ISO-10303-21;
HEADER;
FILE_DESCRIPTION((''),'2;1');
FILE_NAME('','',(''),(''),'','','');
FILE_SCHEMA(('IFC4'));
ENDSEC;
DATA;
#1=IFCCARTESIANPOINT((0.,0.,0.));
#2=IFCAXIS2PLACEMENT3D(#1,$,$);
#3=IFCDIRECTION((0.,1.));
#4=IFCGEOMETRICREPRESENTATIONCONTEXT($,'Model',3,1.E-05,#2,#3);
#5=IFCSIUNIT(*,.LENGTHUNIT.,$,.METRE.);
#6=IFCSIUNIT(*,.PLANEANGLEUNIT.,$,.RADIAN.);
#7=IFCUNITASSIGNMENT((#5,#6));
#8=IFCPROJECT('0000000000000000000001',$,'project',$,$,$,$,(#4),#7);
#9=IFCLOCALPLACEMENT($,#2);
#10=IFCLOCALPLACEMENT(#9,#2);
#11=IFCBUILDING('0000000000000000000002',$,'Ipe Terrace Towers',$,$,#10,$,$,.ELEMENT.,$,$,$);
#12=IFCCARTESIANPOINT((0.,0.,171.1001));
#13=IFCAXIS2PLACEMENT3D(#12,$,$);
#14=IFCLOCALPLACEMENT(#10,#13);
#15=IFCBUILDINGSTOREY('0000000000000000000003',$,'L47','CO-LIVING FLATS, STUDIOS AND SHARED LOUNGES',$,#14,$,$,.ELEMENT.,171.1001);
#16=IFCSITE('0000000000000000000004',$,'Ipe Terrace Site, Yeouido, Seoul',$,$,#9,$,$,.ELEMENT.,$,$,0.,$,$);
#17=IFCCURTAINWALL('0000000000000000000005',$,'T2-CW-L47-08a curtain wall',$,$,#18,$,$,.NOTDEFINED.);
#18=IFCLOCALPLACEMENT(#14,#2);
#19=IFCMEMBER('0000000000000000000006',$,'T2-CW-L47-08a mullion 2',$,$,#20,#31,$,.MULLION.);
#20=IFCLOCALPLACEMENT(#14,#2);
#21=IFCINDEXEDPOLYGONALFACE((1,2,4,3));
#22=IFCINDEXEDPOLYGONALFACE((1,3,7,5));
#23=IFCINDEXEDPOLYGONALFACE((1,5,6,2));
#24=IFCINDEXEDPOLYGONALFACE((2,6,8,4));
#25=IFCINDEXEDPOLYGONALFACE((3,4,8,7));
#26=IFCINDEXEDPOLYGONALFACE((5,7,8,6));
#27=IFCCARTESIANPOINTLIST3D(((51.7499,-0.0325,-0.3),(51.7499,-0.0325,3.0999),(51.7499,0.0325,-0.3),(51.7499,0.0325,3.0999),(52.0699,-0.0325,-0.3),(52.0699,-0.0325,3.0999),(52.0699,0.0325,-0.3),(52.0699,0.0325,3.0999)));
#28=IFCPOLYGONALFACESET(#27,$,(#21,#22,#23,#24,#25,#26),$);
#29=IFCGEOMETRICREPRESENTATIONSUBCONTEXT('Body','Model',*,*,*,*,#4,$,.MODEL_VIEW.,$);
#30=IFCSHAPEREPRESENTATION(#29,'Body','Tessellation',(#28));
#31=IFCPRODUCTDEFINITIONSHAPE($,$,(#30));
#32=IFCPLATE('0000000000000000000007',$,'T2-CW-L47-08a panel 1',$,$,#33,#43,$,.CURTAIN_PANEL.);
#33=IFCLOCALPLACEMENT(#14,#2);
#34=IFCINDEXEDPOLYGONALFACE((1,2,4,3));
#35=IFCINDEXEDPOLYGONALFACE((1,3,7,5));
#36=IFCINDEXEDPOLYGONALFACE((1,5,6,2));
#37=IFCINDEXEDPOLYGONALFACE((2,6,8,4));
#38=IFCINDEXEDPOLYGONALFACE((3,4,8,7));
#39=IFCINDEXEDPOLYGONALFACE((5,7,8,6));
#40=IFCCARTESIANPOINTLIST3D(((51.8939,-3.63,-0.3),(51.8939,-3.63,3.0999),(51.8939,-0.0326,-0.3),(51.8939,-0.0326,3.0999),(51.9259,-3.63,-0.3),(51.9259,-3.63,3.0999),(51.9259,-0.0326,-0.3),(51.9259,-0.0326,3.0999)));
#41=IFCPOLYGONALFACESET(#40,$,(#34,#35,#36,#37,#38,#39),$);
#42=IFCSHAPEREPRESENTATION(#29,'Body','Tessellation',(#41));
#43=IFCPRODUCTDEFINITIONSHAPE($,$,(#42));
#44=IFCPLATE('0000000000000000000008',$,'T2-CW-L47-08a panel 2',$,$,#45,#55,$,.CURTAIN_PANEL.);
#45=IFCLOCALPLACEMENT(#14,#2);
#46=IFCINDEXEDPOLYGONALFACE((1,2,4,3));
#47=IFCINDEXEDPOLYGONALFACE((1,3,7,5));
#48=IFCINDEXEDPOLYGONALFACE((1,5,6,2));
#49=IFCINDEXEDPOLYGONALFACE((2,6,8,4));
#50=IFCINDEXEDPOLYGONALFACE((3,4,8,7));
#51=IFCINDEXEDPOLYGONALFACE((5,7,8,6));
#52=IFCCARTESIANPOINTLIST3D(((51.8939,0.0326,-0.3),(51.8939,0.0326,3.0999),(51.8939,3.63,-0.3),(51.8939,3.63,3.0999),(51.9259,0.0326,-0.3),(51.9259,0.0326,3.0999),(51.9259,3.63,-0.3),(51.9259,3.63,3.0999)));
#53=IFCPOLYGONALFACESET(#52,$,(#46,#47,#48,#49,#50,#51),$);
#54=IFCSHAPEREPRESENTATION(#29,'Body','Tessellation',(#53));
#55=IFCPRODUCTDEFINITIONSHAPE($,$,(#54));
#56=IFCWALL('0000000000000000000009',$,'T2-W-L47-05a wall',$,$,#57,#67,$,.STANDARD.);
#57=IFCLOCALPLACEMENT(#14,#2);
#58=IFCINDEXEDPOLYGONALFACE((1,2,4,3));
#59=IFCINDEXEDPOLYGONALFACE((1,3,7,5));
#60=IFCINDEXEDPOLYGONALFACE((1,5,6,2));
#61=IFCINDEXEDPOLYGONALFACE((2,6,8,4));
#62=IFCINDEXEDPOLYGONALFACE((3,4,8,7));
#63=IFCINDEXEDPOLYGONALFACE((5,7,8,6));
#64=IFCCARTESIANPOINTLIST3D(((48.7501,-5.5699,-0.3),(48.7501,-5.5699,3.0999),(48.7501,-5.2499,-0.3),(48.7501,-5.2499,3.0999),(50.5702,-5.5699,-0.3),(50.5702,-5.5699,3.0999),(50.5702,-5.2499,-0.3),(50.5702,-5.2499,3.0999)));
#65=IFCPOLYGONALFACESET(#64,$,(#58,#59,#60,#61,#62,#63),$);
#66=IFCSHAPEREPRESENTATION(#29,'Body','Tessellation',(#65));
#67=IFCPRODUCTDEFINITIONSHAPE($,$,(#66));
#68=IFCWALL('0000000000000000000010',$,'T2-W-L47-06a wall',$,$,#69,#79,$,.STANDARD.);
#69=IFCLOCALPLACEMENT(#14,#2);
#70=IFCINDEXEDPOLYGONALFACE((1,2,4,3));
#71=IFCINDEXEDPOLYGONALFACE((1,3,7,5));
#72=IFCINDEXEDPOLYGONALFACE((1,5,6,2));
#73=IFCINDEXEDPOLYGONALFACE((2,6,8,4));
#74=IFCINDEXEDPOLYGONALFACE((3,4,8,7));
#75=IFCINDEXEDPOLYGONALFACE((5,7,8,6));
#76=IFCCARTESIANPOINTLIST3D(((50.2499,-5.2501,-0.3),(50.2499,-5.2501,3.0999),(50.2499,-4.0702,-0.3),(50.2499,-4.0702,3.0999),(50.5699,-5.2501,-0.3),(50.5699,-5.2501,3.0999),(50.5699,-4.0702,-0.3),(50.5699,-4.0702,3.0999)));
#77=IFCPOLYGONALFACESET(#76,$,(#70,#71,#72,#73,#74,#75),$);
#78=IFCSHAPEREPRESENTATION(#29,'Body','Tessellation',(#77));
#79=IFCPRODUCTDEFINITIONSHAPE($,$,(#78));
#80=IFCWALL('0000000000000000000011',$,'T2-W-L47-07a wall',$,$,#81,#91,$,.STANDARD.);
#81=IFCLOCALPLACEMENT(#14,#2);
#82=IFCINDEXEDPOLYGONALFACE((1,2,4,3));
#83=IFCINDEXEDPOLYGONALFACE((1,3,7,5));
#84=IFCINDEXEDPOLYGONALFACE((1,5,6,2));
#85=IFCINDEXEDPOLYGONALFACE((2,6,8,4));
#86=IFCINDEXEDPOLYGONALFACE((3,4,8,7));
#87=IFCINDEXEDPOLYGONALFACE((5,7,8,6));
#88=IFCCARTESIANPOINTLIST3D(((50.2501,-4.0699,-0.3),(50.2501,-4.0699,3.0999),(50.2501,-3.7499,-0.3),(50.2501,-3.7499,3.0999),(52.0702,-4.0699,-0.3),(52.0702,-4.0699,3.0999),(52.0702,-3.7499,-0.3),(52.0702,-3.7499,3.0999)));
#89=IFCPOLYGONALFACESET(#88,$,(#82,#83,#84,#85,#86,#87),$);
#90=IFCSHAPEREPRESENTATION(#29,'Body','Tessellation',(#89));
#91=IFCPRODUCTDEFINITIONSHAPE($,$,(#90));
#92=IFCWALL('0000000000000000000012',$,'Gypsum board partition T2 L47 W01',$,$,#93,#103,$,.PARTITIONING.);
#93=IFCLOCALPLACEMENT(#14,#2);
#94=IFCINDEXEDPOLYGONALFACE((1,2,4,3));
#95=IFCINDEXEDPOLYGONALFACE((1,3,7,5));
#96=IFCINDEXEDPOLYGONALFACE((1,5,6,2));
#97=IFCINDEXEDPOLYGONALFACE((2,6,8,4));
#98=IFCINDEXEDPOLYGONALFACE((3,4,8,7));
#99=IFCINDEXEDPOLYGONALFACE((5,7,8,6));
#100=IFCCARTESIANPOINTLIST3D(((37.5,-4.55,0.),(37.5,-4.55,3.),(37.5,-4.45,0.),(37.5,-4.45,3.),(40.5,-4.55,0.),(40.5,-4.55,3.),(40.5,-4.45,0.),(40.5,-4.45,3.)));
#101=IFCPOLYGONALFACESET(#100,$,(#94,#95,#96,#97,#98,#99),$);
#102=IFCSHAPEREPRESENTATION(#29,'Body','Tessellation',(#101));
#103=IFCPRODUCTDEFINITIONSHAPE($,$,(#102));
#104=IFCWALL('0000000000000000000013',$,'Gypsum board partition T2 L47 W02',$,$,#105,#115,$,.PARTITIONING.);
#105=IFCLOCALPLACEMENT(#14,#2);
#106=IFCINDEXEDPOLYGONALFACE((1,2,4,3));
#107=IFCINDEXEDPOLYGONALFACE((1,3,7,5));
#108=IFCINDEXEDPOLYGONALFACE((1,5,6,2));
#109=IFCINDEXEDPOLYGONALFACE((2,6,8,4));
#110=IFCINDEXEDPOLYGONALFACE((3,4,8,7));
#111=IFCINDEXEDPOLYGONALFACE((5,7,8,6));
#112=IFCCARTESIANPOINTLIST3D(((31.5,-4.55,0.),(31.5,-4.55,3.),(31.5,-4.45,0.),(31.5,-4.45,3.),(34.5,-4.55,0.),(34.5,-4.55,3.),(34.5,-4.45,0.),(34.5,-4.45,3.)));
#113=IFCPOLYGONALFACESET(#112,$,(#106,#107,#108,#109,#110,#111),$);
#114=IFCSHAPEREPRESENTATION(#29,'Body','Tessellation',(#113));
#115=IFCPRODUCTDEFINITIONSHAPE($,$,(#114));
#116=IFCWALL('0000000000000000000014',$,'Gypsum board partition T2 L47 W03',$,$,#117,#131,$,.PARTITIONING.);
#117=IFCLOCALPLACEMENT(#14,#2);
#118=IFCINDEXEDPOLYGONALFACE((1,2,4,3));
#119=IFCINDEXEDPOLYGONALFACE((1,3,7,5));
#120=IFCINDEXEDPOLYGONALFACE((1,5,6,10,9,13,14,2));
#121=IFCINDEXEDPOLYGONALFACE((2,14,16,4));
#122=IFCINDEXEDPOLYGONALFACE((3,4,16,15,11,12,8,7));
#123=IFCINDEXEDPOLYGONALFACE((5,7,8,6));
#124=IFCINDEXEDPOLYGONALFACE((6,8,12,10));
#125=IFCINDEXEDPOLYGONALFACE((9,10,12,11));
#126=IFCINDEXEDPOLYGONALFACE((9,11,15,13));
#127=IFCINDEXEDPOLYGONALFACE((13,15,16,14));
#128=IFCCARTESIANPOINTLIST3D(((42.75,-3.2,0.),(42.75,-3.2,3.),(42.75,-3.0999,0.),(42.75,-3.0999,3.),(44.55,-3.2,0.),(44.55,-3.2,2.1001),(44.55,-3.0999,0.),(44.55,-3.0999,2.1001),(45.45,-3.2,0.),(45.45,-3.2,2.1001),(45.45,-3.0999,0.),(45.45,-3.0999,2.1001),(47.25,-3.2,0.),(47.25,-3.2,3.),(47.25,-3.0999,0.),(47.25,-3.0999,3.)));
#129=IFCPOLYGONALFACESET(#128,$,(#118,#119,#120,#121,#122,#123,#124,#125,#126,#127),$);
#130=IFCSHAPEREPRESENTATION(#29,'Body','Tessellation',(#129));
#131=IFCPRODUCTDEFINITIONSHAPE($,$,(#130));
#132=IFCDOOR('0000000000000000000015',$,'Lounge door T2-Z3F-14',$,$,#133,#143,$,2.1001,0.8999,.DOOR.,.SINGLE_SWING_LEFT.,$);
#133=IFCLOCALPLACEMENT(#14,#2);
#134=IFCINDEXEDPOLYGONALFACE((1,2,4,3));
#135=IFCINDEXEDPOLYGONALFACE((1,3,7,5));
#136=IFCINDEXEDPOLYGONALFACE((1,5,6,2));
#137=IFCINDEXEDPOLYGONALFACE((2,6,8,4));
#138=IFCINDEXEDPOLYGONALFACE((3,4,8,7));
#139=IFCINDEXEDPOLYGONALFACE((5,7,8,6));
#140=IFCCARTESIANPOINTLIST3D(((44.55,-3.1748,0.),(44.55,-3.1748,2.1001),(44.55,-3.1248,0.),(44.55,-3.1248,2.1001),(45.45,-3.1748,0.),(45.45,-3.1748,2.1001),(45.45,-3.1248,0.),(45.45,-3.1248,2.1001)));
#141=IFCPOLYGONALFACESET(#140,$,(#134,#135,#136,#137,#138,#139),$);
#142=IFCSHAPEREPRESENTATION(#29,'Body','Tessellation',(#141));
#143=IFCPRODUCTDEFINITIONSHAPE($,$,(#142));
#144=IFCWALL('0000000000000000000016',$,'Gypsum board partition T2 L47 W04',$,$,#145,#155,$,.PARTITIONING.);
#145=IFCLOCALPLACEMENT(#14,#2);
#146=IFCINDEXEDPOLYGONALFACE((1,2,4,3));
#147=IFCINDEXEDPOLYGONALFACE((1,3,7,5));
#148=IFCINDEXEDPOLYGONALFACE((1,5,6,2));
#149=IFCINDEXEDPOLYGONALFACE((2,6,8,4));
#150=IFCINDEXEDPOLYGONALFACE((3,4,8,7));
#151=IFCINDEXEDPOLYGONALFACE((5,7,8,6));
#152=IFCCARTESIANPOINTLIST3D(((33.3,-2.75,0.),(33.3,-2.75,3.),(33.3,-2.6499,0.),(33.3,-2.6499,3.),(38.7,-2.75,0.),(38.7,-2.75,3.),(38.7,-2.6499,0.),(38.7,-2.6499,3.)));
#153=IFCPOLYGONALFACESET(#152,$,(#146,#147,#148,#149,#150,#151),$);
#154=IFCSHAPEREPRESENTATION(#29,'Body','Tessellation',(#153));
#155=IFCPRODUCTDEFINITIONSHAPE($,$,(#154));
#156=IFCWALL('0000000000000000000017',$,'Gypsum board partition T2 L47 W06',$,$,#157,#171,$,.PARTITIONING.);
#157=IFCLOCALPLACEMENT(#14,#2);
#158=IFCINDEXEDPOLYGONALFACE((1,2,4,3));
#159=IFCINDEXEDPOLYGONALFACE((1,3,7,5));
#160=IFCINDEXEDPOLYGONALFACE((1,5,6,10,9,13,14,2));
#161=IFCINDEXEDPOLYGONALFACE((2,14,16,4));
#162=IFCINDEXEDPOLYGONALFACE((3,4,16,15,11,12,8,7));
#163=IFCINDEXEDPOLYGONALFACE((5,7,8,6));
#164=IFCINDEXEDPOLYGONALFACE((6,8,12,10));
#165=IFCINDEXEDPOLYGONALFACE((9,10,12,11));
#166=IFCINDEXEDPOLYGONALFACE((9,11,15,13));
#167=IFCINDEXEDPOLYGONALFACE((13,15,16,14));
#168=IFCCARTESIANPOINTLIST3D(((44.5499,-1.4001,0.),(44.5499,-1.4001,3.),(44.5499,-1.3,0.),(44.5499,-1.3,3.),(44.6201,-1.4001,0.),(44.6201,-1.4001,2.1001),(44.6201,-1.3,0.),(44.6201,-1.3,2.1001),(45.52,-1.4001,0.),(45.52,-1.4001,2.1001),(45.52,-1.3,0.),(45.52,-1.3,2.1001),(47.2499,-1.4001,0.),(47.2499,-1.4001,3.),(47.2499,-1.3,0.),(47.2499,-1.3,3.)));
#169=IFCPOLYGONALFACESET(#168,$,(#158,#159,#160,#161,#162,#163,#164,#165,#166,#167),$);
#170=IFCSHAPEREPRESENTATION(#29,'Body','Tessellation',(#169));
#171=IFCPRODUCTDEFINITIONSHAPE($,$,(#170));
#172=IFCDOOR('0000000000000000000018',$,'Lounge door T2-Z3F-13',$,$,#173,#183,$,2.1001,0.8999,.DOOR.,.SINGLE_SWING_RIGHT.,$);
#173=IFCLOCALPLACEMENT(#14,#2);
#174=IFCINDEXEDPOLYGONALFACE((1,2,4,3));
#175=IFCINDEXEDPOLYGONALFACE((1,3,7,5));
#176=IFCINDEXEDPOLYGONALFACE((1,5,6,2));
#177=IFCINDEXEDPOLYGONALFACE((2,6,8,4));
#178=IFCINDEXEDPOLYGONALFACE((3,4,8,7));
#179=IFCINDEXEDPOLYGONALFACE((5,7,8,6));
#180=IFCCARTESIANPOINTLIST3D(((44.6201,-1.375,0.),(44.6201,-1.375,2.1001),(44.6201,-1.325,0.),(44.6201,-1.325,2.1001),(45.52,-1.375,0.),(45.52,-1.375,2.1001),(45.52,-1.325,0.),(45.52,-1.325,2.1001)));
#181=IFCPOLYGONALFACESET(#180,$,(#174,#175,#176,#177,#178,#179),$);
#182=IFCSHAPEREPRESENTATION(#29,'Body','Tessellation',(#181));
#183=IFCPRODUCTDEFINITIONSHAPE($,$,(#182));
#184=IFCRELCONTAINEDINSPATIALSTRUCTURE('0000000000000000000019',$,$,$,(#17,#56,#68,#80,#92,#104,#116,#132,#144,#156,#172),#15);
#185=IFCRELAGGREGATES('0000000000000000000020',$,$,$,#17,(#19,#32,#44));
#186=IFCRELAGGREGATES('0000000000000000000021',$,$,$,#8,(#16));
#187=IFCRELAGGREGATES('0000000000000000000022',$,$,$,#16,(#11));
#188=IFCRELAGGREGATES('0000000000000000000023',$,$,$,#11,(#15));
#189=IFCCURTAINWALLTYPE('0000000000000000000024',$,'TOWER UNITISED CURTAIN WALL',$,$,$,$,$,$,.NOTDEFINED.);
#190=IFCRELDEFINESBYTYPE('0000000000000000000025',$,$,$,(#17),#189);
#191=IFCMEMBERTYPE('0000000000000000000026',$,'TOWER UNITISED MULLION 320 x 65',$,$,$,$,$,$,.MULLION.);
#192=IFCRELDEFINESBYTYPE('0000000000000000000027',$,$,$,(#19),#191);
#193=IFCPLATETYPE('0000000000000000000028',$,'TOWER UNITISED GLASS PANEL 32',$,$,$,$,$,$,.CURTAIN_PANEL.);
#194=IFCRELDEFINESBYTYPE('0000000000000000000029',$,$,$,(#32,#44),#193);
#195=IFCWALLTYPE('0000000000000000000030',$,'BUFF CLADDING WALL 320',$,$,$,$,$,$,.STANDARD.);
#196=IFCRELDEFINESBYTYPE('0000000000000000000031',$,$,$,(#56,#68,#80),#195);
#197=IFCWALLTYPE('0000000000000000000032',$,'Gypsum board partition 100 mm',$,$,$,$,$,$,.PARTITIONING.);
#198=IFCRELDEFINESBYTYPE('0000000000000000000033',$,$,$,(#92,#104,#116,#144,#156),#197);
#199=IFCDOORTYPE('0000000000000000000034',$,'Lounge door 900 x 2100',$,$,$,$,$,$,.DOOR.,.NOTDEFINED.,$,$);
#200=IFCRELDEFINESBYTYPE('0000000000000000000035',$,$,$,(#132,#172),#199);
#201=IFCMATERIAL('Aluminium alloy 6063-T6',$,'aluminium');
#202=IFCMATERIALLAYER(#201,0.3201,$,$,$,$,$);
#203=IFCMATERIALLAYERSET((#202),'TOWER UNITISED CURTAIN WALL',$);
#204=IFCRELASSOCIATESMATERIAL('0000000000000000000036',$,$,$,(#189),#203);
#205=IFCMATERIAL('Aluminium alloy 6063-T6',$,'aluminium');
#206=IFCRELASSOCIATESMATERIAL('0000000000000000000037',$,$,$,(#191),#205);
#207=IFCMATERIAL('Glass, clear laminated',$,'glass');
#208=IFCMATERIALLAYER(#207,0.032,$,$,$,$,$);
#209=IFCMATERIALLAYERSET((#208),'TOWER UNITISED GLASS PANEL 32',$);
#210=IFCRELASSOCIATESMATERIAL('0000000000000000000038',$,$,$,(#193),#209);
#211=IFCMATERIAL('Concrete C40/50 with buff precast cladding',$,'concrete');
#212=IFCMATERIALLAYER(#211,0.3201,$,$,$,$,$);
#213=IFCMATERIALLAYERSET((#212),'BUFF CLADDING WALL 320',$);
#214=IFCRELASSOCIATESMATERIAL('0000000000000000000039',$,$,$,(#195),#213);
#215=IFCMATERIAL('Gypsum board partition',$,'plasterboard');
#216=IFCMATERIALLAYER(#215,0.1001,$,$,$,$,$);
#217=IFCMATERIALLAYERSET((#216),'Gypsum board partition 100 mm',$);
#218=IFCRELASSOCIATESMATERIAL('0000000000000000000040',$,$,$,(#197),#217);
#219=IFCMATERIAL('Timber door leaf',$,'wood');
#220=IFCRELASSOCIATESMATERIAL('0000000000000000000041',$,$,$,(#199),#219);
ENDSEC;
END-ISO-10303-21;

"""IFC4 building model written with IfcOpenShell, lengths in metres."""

from ifc_helpers import new_model, si_unit, direction, frame, frame_2d, origin, origin_2d, place, context, subcontext, project, spatial, rectangle, extrude, material, layer, layer_set, material_profile, profile_set, type_object, element, fill, aggregate, save


model = new_model("IFC4")

# Units and contexts
model_context = context("Model", 3, precision=1e-05, world=origin(), true_north=direction((0.0, 1.0)))
body_context = subcontext(model_context, "Body", "Model", "MODEL_VIEW")
ifc_project = project(units=[si_unit("LENGTHUNIT", "METRE"), si_unit("PLANEANGLEUNIT", "RADIAN")], contexts=[model_context])

# Site, building, storey
site_placement = place(None, origin())
site = spatial("IfcSite", under=ifc_project, at=site_placement, Name="Ipe Terrace Site, Yeouido, Seoul", CompositionType="ELEMENT", RefElevation=0.0)
building_placement = place(site_placement, origin())
building = spatial("IfcBuilding", under=site, at=building_placement, Name="Ipe Terrace Towers", CompositionType="ELEMENT")
storey_placement = place(building_placement, frame((0.0, 0.0, 171.1001)))
storey = spatial("IfcBuildingStorey", under=building, at=storey_placement, Name="L47", Description="CO-LIVING FLATS, STUDIOS AND SHARED LOUNGES", CompositionType="ELEMENT", Elevation=171.1001)

# Curtain wall, member, plates
ifc_material_1 = material(Name="Aluminium alloy 6063-T6", Category="aluminium")
ifc_layer_1 = layer(ifc_material_1, 0.3201)
ifc_layer_set_1 = layer_set([ifc_layer_1], Name="TOWER UNITISED CURTAIN WALL")
curtain_wall_type = type_object("IfcCurtainWallType", Name="TOWER UNITISED CURTAIN WALL", PredefinedType="NOTDEFINED", material=ifc_layer_set_1)
curtain_wall_placement = place(storey_placement, origin())
curtain_wall = element("IfcCurtainWall", 1, at=curtain_wall_placement, inside=storey, type_object=curtain_wall_type, Name="T2-CW-L47-08a curtain wall", PredefinedType="NOTDEFINED")
ifc_material_2 = material(Name="Aluminium alloy 6063-T6", Category="aluminium")
ifc_material_profile_1 = material_profile(ifc_material_2, rectangle(XDim=0.3201, YDim=0.0649, at=origin_2d()), Name="TOWER UNITISED MULLION 320 x 65")
ifc_profile_set_1 = profile_set([ifc_material_profile_1], Name="Aluminium alloy 6063-T6")
member_type_1 = type_object("IfcMemberType", Name="TOWER UNITISED MULLION 320 x 65", PredefinedType="MULLION", material=ifc_profile_set_1)
member_1_placement = place(storey_placement, frame((51.9099, 0.0, -0.3), z_axis=(0.0, 0.0, 1.0), x_axis=(1.0, 0.0, 0.0)))
member_1 = element("IfcMember", 2, at=member_1_placement, type_object=member_type_1, Name="T2-CW-L47-08a mullion 2", PredefinedType="MULLION", context=body_context, shape_type="SweptSolid", body=[
    extrude(rectangle(XDim=0.3201, YDim=0.0649, at=origin_2d()), origin(), (0.0, 0.0, 1.0), 3.3999),
])
ifc_material_3 = material(Name="Glass, clear laminated", Category="glass")
ifc_layer_2 = layer(ifc_material_3, 0.032)
ifc_layer_set_2 = layer_set([ifc_layer_2], Name="TOWER UNITISED GLASS PANEL 32")
plate_type = type_object("IfcPlateType", Name="TOWER UNITISED GLASS PANEL 32", PredefinedType="CURTAIN_PANEL", material=ifc_layer_set_2)
plate_1_placement = place(storey_placement, frame((51.9099, -1.8313, -0.3), z_axis=(0.0, 0.0, 1.0), x_axis=(0.0, 1.0, 0.0)))
plate_1 = element("IfcPlate", 3, at=plate_1_placement, type_object=plate_type, Name="T2-CW-L47-08a panel 1", PredefinedType="CURTAIN_PANEL", context=body_context, shape_type="SweptSolid", body=[
    extrude(rectangle(XDim=3.5974, YDim=0.032, at=origin_2d()), origin(), (0.0, 0.0, 1.0), 3.3999),
])
plate_2_placement = place(storey_placement, frame((51.9099, 1.8313, -0.3), z_axis=(0.0, 0.0, 1.0), x_axis=(0.0, 1.0, 0.0)))
plate_2 = element("IfcPlate", 4, at=plate_2_placement, type_object=plate_type, Name="T2-CW-L47-08a panel 2", PredefinedType="CURTAIN_PANEL", context=body_context, shape_type="SweptSolid", body=[
    extrude(rectangle(XDim=3.5974, YDim=0.032, at=origin_2d()), origin(), (0.0, 0.0, 1.0), 3.3999),
])
aggregate(curtain_wall, [member_1, plate_1, plate_2])

# Walls
ifc_material_4 = material(Name="Concrete C40/50 with buff precast cladding", Category="concrete")
ifc_layer_3 = layer(ifc_material_4, 0.3201)
ifc_layer_set_3 = layer_set([ifc_layer_3], Name="BUFF CLADDING WALL 320")
wall_type_1 = type_object("IfcWallType", Name="BUFF CLADDING WALL 320", PredefinedType="STANDARD", material=ifc_layer_set_3)
wall_1_placement = place(storey_placement, frame((48.75, -5.4099, -0.3), z_axis=(0.0, 0.0, 1.0), x_axis=(1.0, 0.0, 0.0)))
element("IfcWall", 5, at=wall_1_placement, inside=storey, type_object=wall_type_1, Name="T2-W-L47-05a wall", PredefinedType="STANDARD", context=body_context, shape_type="SweptSolid", body=[
    extrude(rectangle(XDim=1.8201, YDim=0.3201, at=frame_2d((0.9102, 0.0))), origin(), (0.0, 0.0, 1.0), 3.3999),
])
wall_2_placement = place(storey_placement, frame((50.4099, -5.25, -0.3), z_axis=(0.0, 0.0, 1.0), x_axis=(0.0, 1.0, 0.0)))
element("IfcWall", 6, at=wall_2_placement, inside=storey, type_object=wall_type_1, Name="T2-W-L47-06a wall", PredefinedType="STANDARD", context=body_context, shape_type="SweptSolid", body=[
    extrude(rectangle(XDim=1.1799, YDim=0.3201, at=frame_2d((0.5898, 0.0))), origin(), (0.0, 0.0, 1.0), 3.3999),
])
wall_3_placement = place(storey_placement, frame((50.25, -3.9099, -0.3), z_axis=(0.0, 0.0, 1.0), x_axis=(1.0, 0.0, 0.0)))
element("IfcWall", 7, at=wall_3_placement, inside=storey, type_object=wall_type_1, Name="T2-W-L47-07a wall", PredefinedType="STANDARD", context=body_context, shape_type="SweptSolid", body=[
    extrude(rectangle(XDim=1.8201, YDim=0.3201, at=frame_2d((0.9102, 0.0))), origin(), (0.0, 0.0, 1.0), 3.3999),
])
ifc_material_5 = material(Name="Gypsum board partition", Category="plasterboard")
ifc_layer_4 = layer(ifc_material_5, 0.1001)
ifc_layer_set_4 = layer_set([ifc_layer_4], Name="Gypsum board partition 100 mm")
wall_type_2 = type_object("IfcWallType", Name="Gypsum board partition 100 mm", PredefinedType="PARTITIONING", material=ifc_layer_set_4)
for number, where, z_axis, x_axis, name in (
    (8, (40.5, -4.5, 0.0), (0.0, 0.0, 1.0), (-1.0, 0.0, 0.0), "Gypsum board partition T2 L47 W01"),
    (9, (34.5, -4.5, 0.0), (0.0, 0.0, 1.0), (-1.0, 0.0, 0.0), "Gypsum board partition T2 L47 W02"),
):
    element("IfcWall", number, at=place(storey_placement, frame(where, z_axis=z_axis, x_axis=x_axis)), inside=storey, type_object=wall_type_2, Name=name, PredefinedType="PARTITIONING", context=body_context, shape_type="SweptSolid", body=[
        extrude(rectangle(XDim=3.0, YDim=0.1001, at=frame_2d((1.5, 0.0))), origin(), (0.0, 0.0, 1.0), 3.0),
    ])

# Wall, opening, door
wall_4_placement = place(storey_placement, frame((47.25, -3.1499, 0.0), z_axis=(0.0, 0.0, 1.0), x_axis=(-1.0, 0.0, 0.0)))
wall_4 = element("IfcWall", 10, at=wall_4_placement, inside=storey, type_object=wall_type_2, Name="Gypsum board partition T2 L47 W03", PredefinedType="PARTITIONING", context=body_context, shape_type="SweptSolid", body=[
    extrude(rectangle(XDim=4.5, YDim=0.1001, at=frame_2d((2.25, 0.0))), origin(), (0.0, 0.0, 1.0), 3.0),
])
opening_1_placement = place(wall_4_placement, frame((1.8, 0.0, 0.0)))
opening_1 = element("IfcOpeningElement", 11, at=opening_1_placement, cuts=wall_4, PredefinedType="OPENING", context=body_context, shape_type="SweptSolid", body=[
    extrude(rectangle(XDim=0.8999, YDim=2.1001, at=frame_2d((0.45, 1.05))), frame((0.0, 0.0601, 0.0), z_axis=(0.0, -1.0, 0.0), x_axis=(1.0, 0.0, 0.0)), (0.0, 0.0, 1.0), 0.1201),
])
ifc_material_6 = material(Name="Timber door leaf", Category="wood")
door_type = type_object("IfcDoorType", Name="Lounge door 900 x 2100", OperationType="NOTDEFINED", PredefinedType="DOOR", material=ifc_material_6)
door_1_placement = place(opening_1_placement, origin())
door_1 = element("IfcDoor", 12, at=door_1_placement, inside=storey, type_object=door_type, Name="Lounge door T2-Z3F-14", OperationType="SINGLE_SWING_LEFT", OverallHeight=2.1001, OverallWidth=0.8999, PredefinedType="DOOR", context=body_context, shape_type="SweptSolid", body=[
    extrude(rectangle(XDim=0.8999, YDim=2.1001, at=frame_2d((0.45, 1.05))), frame((0.0, 0.0249, 0.0), z_axis=(0.0, -1.0, 0.0), x_axis=(1.0, 0.0, 0.0)), (0.0, 0.0, 1.0), 0.05),
])
fill(opening_1, door_1)

# Wall
wall_5_placement = place(storey_placement, frame((38.7, -2.7, 0.0), z_axis=(0.0, 0.0, 1.0), x_axis=(-1.0, 0.0, 0.0)))
element("IfcWall", 13, at=wall_5_placement, inside=storey, type_object=wall_type_2, Name="Gypsum board partition T2 L47 W04", PredefinedType="PARTITIONING", context=body_context, shape_type="SweptSolid", body=[
    extrude(rectangle(XDim=5.3999, YDim=0.1001, at=frame_2d((2.7, 0.0))), origin(), (0.0, 0.0, 1.0), 3.0),
])

# Wall, opening, door
wall_6_placement = place(storey_placement, frame((47.25, -1.3501, 0.0), z_axis=(0.0, 0.0, 1.0), x_axis=(-1.0, 0.0, 0.0)))
wall_6 = element("IfcWall", 14, at=wall_6_placement, inside=storey, type_object=wall_type_2, Name="Gypsum board partition T2 L47 W06", PredefinedType="PARTITIONING", context=body_context, shape_type="SweptSolid", body=[
    extrude(rectangle(XDim=2.7, YDim=0.1001, at=frame_2d((1.3501, 0.0))), origin(), (0.0, 0.0, 1.0), 3.0),
])
opening_2_placement = place(wall_6_placement, frame((1.73, 0.0, 0.0)))
opening_2 = element("IfcOpeningElement", 15, at=opening_2_placement, cuts=wall_6, PredefinedType="OPENING", context=body_context, shape_type="SweptSolid", body=[
    extrude(rectangle(XDim=0.8999, YDim=2.1001, at=frame_2d((0.45, 1.05))), frame((0.0, 0.0601, 0.0), z_axis=(0.0, -1.0, 0.0), x_axis=(1.0, 0.0, 0.0)), (0.0, 0.0, 1.0), 0.1201),
])
door_2_placement = place(opening_2_placement, origin())
door_2 = element("IfcDoor", 16, at=door_2_placement, inside=storey, type_object=door_type, Name="Lounge door T2-Z3F-13", OperationType="SINGLE_SWING_RIGHT", OverallHeight=2.1001, OverallWidth=0.8999, PredefinedType="DOOR", context=body_context, shape_type="SweptSolid", body=[
    extrude(rectangle(XDim=0.8999, YDim=2.1001, at=frame_2d((0.45, 1.05))), frame((0.0, 0.0249, 0.0), z_axis=(0.0, -1.0, 0.0), x_axis=(1.0, 0.0, 0.0)), (0.0, 0.0, 1.0), 0.05),
])
fill(opening_2, door_2)

save(model, "model.ifc")
